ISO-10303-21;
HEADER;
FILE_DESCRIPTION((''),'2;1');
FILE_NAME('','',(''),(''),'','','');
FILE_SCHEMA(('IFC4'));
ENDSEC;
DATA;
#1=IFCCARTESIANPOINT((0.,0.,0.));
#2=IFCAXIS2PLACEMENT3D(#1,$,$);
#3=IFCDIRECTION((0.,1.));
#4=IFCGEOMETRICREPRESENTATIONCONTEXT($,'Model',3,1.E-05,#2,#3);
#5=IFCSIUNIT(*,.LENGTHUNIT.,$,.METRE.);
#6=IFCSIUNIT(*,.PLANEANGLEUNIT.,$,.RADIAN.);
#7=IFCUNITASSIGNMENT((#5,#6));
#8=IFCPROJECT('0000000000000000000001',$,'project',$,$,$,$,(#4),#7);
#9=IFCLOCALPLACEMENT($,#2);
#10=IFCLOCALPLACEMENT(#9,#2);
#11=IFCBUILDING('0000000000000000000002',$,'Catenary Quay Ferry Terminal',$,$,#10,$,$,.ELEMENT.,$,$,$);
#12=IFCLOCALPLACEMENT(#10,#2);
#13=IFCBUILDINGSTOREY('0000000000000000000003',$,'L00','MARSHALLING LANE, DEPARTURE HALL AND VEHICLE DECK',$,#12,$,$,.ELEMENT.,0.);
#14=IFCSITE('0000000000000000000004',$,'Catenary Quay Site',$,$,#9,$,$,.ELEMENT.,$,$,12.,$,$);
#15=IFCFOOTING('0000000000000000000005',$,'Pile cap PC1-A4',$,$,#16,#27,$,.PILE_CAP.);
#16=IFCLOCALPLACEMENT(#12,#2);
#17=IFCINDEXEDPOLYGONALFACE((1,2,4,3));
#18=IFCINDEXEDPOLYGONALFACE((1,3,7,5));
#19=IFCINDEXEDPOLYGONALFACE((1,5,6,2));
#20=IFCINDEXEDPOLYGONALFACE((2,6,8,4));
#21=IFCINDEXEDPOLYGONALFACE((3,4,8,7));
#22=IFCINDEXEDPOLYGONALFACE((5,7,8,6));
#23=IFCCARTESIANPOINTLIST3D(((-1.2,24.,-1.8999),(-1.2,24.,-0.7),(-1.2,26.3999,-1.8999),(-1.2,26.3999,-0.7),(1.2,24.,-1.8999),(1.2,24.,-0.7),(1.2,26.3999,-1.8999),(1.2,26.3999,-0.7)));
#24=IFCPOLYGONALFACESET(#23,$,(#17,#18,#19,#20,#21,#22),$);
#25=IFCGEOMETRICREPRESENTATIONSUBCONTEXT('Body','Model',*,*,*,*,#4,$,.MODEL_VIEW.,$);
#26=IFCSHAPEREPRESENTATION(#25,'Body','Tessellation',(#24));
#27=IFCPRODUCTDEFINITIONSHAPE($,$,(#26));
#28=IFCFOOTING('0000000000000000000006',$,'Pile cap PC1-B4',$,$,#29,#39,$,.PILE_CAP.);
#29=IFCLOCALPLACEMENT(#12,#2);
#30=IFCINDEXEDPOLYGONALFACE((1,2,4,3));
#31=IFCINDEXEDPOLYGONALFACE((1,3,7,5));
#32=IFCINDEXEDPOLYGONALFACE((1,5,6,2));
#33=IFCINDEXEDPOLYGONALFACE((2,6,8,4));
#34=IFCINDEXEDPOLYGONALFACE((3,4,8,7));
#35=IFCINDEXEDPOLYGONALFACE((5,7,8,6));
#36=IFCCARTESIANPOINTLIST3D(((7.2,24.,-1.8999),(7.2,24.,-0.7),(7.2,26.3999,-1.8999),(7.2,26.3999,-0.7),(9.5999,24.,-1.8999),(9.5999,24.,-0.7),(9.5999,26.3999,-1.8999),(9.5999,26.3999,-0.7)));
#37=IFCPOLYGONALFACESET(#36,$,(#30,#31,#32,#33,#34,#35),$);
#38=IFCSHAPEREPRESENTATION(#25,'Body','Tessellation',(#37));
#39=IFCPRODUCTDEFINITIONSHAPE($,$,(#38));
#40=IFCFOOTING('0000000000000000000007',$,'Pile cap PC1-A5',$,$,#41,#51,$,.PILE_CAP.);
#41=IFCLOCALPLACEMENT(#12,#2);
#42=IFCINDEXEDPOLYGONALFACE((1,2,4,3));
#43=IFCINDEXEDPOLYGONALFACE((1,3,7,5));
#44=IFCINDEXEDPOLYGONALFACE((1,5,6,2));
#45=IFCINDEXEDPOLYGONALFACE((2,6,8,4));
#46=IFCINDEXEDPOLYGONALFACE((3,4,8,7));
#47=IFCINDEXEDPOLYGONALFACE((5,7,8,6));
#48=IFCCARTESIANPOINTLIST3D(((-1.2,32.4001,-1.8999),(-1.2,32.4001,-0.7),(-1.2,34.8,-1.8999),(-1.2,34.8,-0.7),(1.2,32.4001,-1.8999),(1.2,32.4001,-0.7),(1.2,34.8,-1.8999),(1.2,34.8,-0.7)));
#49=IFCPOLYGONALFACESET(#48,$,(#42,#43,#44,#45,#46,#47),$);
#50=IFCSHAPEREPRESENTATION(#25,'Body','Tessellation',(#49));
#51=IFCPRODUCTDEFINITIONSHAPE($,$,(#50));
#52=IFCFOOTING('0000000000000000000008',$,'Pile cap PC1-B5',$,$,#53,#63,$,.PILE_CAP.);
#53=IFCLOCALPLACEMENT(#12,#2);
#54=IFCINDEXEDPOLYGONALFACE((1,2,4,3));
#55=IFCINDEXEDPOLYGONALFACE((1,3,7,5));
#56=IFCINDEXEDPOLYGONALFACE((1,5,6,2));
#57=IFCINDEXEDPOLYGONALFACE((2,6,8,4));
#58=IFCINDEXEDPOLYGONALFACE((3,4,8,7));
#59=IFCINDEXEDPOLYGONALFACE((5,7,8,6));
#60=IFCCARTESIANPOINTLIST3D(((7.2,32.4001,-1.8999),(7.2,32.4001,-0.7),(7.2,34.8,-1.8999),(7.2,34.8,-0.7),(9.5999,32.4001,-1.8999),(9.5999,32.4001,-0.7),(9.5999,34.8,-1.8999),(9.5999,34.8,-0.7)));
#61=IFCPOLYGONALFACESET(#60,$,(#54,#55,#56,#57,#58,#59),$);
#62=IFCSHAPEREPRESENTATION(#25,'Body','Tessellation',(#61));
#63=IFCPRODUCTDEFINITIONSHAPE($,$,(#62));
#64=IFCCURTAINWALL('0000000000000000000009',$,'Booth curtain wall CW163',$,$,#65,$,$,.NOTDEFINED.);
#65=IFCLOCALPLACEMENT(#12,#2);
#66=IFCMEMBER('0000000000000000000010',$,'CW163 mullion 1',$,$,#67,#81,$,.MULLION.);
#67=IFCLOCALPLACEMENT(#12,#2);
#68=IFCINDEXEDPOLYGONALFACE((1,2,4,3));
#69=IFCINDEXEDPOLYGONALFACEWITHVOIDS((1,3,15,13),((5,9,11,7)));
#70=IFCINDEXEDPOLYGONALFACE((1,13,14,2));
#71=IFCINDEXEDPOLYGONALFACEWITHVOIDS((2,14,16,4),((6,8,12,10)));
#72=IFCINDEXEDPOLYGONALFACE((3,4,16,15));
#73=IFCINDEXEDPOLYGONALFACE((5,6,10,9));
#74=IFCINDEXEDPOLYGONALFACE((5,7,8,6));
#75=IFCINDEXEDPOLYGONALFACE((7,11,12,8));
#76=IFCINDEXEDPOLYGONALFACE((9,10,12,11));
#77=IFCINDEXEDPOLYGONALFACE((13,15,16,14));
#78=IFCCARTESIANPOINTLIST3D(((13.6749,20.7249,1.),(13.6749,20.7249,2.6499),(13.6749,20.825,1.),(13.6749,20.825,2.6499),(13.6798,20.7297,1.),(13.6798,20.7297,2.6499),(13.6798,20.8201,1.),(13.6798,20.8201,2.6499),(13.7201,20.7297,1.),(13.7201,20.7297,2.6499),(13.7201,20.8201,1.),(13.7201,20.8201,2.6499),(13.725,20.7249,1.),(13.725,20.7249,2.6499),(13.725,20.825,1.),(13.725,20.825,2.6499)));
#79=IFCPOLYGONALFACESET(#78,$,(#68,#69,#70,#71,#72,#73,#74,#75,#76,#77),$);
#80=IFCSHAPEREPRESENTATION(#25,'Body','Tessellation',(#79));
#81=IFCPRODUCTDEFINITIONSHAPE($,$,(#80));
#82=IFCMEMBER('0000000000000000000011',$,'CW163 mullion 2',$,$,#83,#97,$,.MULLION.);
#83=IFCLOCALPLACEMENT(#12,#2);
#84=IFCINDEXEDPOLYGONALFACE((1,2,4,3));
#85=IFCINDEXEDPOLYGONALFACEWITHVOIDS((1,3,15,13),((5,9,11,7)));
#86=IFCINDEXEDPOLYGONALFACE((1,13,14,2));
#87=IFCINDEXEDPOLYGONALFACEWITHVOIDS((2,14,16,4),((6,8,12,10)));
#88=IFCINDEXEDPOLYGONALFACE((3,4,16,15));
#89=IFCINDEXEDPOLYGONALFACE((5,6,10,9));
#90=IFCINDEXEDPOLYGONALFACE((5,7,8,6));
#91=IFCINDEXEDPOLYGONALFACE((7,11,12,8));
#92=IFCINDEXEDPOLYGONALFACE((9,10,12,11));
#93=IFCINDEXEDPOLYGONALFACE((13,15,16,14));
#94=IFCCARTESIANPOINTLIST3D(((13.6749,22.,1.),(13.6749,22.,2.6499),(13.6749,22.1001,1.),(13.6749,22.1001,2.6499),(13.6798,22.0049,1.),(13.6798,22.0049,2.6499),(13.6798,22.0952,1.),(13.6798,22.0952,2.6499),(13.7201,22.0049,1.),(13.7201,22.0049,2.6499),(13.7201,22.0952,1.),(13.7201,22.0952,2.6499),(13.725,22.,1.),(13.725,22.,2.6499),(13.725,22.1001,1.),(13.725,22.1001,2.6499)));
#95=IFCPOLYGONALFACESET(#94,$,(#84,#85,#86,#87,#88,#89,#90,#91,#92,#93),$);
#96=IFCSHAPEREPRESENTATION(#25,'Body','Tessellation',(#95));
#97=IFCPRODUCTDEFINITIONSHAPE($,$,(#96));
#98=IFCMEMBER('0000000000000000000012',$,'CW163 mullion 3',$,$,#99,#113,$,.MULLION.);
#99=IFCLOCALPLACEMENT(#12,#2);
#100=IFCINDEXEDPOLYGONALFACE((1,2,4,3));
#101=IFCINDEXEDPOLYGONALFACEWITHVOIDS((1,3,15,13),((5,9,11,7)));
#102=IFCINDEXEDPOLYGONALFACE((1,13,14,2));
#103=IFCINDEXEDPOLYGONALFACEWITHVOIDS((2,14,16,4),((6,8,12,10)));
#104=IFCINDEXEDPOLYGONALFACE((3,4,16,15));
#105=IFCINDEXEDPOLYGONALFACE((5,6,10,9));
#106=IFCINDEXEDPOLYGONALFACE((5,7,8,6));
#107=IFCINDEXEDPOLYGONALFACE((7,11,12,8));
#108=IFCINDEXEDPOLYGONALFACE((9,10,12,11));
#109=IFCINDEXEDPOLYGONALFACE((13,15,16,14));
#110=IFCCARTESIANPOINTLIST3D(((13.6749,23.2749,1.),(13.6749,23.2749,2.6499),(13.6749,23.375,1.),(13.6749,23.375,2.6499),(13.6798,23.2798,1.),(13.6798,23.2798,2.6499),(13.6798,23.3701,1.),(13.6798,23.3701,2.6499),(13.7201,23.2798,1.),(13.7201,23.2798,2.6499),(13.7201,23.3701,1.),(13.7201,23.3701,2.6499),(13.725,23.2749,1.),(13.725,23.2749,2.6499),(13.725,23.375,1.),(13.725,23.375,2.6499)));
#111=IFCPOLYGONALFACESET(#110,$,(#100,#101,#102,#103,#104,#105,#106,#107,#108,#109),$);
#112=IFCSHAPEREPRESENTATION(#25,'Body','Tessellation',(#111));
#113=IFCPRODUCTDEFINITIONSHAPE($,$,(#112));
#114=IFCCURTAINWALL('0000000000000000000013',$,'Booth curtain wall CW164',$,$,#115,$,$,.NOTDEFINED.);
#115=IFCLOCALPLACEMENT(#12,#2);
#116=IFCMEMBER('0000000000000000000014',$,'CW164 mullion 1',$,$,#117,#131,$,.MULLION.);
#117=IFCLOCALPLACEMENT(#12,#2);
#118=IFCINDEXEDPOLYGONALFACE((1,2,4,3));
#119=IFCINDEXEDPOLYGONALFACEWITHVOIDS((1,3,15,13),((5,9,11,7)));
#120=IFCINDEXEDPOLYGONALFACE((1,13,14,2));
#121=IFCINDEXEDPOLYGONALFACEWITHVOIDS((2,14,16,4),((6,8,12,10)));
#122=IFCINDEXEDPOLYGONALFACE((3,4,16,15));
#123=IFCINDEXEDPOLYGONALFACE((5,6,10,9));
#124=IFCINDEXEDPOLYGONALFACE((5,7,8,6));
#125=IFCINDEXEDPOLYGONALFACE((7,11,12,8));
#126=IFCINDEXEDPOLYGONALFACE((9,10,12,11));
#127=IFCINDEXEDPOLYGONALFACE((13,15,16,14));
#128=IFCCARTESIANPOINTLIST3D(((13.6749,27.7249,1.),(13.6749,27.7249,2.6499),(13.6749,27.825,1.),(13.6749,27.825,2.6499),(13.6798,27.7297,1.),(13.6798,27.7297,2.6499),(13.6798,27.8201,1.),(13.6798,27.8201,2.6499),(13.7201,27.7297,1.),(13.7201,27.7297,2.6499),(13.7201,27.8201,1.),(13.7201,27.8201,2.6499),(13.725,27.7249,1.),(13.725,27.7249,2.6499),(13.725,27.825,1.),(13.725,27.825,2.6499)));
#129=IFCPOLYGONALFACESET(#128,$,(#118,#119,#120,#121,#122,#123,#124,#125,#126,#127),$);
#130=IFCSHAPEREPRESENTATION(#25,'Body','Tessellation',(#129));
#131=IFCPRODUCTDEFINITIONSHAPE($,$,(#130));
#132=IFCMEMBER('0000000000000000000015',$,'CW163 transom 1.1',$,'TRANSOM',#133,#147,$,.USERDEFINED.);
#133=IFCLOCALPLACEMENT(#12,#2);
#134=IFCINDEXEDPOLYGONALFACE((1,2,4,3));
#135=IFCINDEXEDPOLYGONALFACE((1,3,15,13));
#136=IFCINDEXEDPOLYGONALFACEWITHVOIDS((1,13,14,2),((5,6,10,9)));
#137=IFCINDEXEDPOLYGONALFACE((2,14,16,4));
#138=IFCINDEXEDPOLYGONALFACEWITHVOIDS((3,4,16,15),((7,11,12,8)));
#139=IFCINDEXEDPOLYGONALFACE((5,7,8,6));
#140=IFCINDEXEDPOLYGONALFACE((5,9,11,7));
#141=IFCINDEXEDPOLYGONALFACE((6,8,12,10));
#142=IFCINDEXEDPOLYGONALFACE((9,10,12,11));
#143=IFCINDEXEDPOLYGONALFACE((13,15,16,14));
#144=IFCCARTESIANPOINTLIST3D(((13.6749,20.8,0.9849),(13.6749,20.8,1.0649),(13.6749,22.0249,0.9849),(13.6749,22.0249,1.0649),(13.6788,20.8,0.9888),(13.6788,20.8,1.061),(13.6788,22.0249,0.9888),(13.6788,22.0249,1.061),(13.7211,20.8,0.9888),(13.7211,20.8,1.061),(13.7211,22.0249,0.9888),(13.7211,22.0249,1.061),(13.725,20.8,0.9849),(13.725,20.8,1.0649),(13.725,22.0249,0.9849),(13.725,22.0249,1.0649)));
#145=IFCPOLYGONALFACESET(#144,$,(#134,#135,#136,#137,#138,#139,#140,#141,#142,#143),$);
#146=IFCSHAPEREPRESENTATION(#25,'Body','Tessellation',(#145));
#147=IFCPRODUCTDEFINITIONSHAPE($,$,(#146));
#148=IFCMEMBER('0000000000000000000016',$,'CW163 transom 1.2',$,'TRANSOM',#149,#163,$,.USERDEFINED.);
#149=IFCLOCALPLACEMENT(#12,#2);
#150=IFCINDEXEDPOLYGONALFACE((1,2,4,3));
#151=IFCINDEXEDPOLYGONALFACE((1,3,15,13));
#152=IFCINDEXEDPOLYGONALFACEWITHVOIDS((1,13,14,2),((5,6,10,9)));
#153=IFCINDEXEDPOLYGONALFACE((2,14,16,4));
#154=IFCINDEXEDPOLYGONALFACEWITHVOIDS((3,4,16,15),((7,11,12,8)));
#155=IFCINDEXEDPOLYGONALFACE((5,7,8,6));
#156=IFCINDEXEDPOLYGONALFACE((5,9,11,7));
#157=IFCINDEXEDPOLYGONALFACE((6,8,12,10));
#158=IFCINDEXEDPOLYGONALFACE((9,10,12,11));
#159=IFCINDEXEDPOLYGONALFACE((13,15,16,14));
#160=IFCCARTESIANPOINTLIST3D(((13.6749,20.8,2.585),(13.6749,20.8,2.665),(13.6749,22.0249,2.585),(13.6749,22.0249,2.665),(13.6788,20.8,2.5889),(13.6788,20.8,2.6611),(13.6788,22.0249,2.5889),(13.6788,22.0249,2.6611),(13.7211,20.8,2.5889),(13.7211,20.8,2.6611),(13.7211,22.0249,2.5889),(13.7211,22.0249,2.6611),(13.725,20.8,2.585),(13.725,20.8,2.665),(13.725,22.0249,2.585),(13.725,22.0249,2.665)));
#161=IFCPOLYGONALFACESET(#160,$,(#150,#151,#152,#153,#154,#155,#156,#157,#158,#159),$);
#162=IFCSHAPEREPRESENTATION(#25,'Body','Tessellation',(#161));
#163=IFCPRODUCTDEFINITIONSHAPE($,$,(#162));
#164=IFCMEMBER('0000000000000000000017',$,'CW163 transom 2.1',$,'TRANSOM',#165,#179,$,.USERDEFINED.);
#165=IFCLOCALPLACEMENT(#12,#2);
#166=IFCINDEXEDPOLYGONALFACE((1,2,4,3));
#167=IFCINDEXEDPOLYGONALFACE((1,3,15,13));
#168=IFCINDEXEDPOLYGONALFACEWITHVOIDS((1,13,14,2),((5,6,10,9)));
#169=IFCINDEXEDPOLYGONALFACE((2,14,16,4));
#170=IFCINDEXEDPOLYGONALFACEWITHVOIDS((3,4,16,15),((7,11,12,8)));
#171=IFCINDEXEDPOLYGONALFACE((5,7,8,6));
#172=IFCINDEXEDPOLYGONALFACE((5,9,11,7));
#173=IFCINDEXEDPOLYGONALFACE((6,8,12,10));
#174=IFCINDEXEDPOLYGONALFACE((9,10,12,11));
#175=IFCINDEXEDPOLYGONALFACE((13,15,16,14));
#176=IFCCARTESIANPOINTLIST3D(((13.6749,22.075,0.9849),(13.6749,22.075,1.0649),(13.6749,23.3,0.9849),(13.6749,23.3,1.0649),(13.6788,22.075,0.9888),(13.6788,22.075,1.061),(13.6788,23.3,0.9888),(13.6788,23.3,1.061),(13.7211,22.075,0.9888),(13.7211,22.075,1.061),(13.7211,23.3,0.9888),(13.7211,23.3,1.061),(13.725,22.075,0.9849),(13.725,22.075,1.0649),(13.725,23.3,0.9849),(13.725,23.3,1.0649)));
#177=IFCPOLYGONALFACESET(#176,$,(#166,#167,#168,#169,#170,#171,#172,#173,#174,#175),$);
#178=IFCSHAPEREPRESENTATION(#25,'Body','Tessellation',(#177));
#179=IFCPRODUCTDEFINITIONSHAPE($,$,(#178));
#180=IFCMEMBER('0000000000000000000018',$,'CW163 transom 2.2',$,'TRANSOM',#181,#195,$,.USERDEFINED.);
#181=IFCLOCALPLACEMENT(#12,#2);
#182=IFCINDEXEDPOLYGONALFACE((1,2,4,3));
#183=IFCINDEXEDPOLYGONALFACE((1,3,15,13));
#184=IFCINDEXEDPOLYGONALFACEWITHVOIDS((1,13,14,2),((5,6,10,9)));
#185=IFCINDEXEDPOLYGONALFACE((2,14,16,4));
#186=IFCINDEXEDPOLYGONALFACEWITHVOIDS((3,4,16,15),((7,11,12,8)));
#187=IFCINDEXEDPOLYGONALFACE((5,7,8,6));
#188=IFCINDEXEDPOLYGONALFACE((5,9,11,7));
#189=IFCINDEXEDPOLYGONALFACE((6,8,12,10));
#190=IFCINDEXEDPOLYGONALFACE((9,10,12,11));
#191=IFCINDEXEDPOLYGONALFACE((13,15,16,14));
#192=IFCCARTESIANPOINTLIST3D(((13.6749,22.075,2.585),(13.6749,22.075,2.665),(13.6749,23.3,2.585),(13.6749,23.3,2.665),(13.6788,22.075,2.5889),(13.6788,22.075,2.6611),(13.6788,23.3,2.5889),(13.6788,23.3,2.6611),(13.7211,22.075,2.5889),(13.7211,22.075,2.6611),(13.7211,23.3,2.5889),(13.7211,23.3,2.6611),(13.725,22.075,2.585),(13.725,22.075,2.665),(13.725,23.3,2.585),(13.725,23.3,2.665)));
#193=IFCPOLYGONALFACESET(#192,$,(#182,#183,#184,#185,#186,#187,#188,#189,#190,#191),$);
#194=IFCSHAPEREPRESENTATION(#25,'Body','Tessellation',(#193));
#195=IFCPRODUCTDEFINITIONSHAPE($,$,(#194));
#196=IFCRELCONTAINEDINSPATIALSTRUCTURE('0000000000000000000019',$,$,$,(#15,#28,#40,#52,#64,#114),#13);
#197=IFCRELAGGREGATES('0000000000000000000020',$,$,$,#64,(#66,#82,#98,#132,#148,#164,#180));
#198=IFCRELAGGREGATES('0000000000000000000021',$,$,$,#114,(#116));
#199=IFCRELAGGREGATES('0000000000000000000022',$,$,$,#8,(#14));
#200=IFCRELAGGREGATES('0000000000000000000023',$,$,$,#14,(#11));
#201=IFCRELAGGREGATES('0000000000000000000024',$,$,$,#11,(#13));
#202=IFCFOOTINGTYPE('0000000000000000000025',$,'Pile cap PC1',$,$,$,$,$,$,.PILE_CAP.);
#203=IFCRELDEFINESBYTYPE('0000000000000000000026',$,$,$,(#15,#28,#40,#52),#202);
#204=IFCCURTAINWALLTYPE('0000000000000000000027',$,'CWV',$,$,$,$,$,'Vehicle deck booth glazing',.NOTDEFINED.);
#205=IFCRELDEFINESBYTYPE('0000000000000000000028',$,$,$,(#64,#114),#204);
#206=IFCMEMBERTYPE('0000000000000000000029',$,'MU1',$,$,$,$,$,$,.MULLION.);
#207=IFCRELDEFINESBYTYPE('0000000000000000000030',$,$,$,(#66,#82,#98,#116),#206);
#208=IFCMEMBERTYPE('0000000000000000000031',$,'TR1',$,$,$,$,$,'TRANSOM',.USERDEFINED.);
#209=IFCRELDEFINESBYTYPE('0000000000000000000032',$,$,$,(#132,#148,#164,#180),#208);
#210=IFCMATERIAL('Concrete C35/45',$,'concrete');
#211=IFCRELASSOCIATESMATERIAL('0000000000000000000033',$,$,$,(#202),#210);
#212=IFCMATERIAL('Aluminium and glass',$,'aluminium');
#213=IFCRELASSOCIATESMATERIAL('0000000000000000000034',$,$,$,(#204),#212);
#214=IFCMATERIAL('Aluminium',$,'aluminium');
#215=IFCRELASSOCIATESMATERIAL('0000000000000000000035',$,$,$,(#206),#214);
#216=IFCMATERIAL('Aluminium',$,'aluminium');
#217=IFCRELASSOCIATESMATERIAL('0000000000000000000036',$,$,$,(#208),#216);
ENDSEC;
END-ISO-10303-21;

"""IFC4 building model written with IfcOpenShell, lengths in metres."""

from ifc_helpers import new_model, si_unit, direction, frame, origin, origin_2d, place, context, subcontext, project, spatial, rectangle, hollow_rectangle, extrude, material, material_profile, profile_set, type_object, element, aggregate, save


model = new_model("IFC4")

# Units and contexts
model_context = context("Model", 3, precision=1e-05, world=origin(), true_north=direction((0.0, 1.0)))
body_context = subcontext(model_context, "Body", "Model", "MODEL_VIEW")
ifc_project = project(units=[si_unit("LENGTHUNIT", "METRE"), si_unit("PLANEANGLEUNIT", "RADIAN")], contexts=[model_context])

# Site, building, storey
site_placement = place(None, origin())
site = spatial("IfcSite", under=ifc_project, at=site_placement, Name="Catenary Quay Site", CompositionType="ELEMENT", RefElevation=12.0)
building_placement = place(site_placement, origin())
building = spatial("IfcBuilding", under=site, at=building_placement, Name="Catenary Quay Ferry Terminal", CompositionType="ELEMENT")
storey_placement = place(building_placement, origin())
storey = spatial("IfcBuildingStorey", under=building, at=storey_placement, Name="L00", Description="MARSHALLING LANE, DEPARTURE HALL AND VEHICLE DECK", CompositionType="ELEMENT", Elevation=0.0)

# Footings
ifc_material_1 = material(Name="Concrete C35/45", Category="concrete")
footing_type = type_object("IfcFootingType", Name="Pile cap PC1", PredefinedType="PILE_CAP", material=ifc_material_1)
for number, where, z_axis, x_axis, name in (
    (1, (0.0, 25.2, -1.8999), (0.0, 0.0, 1.0), (1.0, 0.0, 0.0), "Pile cap PC1-A4"),
    (2, (8.3999, 25.2, -1.8999), (0.0, 0.0, 1.0), (1.0, 0.0, 0.0), "Pile cap PC1-B4"),
    (3, (0.0, 33.6001, -1.8999), (0.0, 0.0, 1.0), (1.0, 0.0, 0.0), "Pile cap PC1-A5"),
    (4, (8.3999, 33.6001, -1.8999), (0.0, 0.0, 1.0), (1.0, 0.0, 0.0), "Pile cap PC1-B5"),
):
    element("IfcFooting", number, at=place(storey_placement, frame(where, z_axis=z_axis, x_axis=x_axis)), inside=storey, type_object=footing_type, Name=name, PredefinedType="PILE_CAP", context=body_context, shape_type="SweptSolid", body=[
        extrude(rectangle(XDim=2.3999, YDim=2.3999, at=origin_2d()), origin(), (0.0, 0.0, 1.0), 1.2),
    ])

# Curtain wall, members
ifc_material_2 = material(Name="Aluminium and glass", Category="aluminium")
curtain_wall_type = type_object("IfcCurtainWallType", Name="CWV", ElementType="Vehicle deck booth glazing", PredefinedType="NOTDEFINED", material=ifc_material_2)
curtain_wall_1_placement = place(storey_placement, origin())
curtain_wall_1 = element("IfcCurtainWall", 5, at=curtain_wall_1_placement, inside=storey, type_object=curtain_wall_type, Name="Booth curtain wall CW163", PredefinedType="NOTDEFINED")
ifc_material_3 = material(Name="Aluminium", Category="aluminium")
ifc_material_profile_1 = material_profile(ifc_material_3, hollow_rectangle(XDim=0.05, YDim=0.1001, WallThickness=0.0049, at=origin_2d()), Name="MU1")
ifc_profile_set_1 = profile_set([ifc_material_profile_1], Name="Aluminium")
member_type_1 = type_object("IfcMemberType", Name="MU1", PredefinedType="MULLION", material=ifc_profile_set_1)
member_1_placement = place(storey_placement, frame((13.7, 20.7749, 1.0), z_axis=(0.0, 0.0, 1.0), x_axis=(-1.0, 0.0, 0.0)))
member_1 = element("IfcMember", 6, at=member_1_placement, type_object=member_type_1, Name="CW163 mullion 1", PredefinedType="MULLION", context=body_context, shape_type="SweptSolid", body=[
    extrude(hollow_rectangle(XDim=0.05, YDim=0.1001, WallThickness=0.0049, at=origin_2d()), origin(), (0.0, 0.0, 1.0), 1.6499),
])
member_2_placement = place(storey_placement, frame((13.7, 22.05, 1.0), z_axis=(0.0, 0.0, 1.0), x_axis=(-1.0, 0.0, 0.0)))
member_2 = element("IfcMember", 7, at=member_2_placement, type_object=member_type_1, Name="CW163 mullion 2", PredefinedType="MULLION", context=body_context, shape_type="SweptSolid", body=[
    extrude(hollow_rectangle(XDim=0.05, YDim=0.1001, WallThickness=0.0049, at=origin_2d()), origin(), (0.0, 0.0, 1.0), 1.6499),
])
member_3_placement = place(storey_placement, frame((13.7, 23.325, 1.0), z_axis=(0.0, 0.0, 1.0), x_axis=(-1.0, 0.0, 0.0)))
member_3 = element("IfcMember", 8, at=member_3_placement, type_object=member_type_1, Name="CW163 mullion 3", PredefinedType="MULLION", context=body_context, shape_type="SweptSolid", body=[
    extrude(hollow_rectangle(XDim=0.05, YDim=0.1001, WallThickness=0.0049, at=origin_2d()), origin(), (0.0, 0.0, 1.0), 1.6499),
])

# Curtain wall, member
curtain_wall_2_placement = place(storey_placement, origin())
curtain_wall_2 = element("IfcCurtainWall", 9, at=curtain_wall_2_placement, inside=storey, type_object=curtain_wall_type, Name="Booth curtain wall CW164", PredefinedType="NOTDEFINED")
member_4_placement = place(storey_placement, frame((13.7, 27.7749, 1.0), z_axis=(0.0, 0.0, 1.0), x_axis=(-1.0, 0.0, 0.0)))
member_4 = element("IfcMember", 10, at=member_4_placement, type_object=member_type_1, Name="CW164 mullion 1", PredefinedType="MULLION", context=body_context, shape_type="SweptSolid", body=[
    extrude(hollow_rectangle(XDim=0.05, YDim=0.1001, WallThickness=0.0049, at=origin_2d()), origin(), (0.0, 0.0, 1.0), 1.6499),
])

# Members
ifc_material_4 = material(Name="Aluminium", Category="aluminium")
ifc_material_profile_2 = material_profile(ifc_material_4, hollow_rectangle(XDim=0.05, YDim=0.0801, WallThickness=0.0039, at=origin_2d()), Name="TR1")
ifc_profile_set_2 = profile_set([ifc_material_profile_2], Name="Aluminium")
member_type_2 = type_object("IfcMemberType", Name="TR1", ElementType="TRANSOM", PredefinedType="USERDEFINED", material=ifc_profile_set_2)
member_5_placement = place(storey_placement, frame((13.7, 20.8, 1.0249), z_axis=(0.0, 1.0, 0.0), x_axis=(-1.0, 0.0, 0.0)))
member_5 = element("IfcMember", 11, at=member_5_placement, type_object=member_type_2, Name="CW163 transom 1.1", ObjectType="TRANSOM", PredefinedType="USERDEFINED", context=body_context, shape_type="SweptSolid", body=[
    extrude(hollow_rectangle(XDim=0.05, YDim=0.0801, WallThickness=0.0039, at=origin_2d()), origin(), (0.0, 0.0, 1.0), 1.2249),
])
member_6_placement = place(storey_placement, frame((13.7, 20.8, 2.625), z_axis=(0.0, 1.0, 0.0), x_axis=(-1.0, 0.0, 0.0)))
member_6 = element("IfcMember", 12, at=member_6_placement, type_object=member_type_2, Name="CW163 transom 1.2", ObjectType="TRANSOM", PredefinedType="USERDEFINED", context=body_context, shape_type="SweptSolid", body=[
    extrude(hollow_rectangle(XDim=0.05, YDim=0.0801, WallThickness=0.0039, at=origin_2d()), origin(), (0.0, 0.0, 1.0), 1.2249),
])
member_7_placement = place(storey_placement, frame((13.7, 22.075, 1.0249), z_axis=(0.0, 1.0, 0.0), x_axis=(-1.0, 0.0, 0.0)))
member_7 = element("IfcMember", 13, at=member_7_placement, type_object=member_type_2, Name="CW163 transom 2.1", ObjectType="TRANSOM", PredefinedType="USERDEFINED", context=body_context, shape_type="SweptSolid", body=[
    extrude(hollow_rectangle(XDim=0.05, YDim=0.0801, WallThickness=0.0039, at=origin_2d()), origin(), (0.0, 0.0, 1.0), 1.2251),
])
member_8_placement = place(storey_placement, frame((13.7, 22.075, 2.625), z_axis=(0.0, 1.0, 0.0), x_axis=(-1.0, 0.0, 0.0)))
member_8 = element("IfcMember", 14, at=member_8_placement, type_object=member_type_2, Name="CW163 transom 2.2", ObjectType="TRANSOM", PredefinedType="USERDEFINED", context=body_context, shape_type="SweptSolid", body=[
    extrude(hollow_rectangle(XDim=0.05, YDim=0.0801, WallThickness=0.0039, at=origin_2d()), origin(), (0.0, 0.0, 1.0), 1.2251),
])

aggregate(curtain_wall_1, [member_1, member_2, member_3, member_5, member_6, member_7, member_8])
aggregate(curtain_wall_2, [member_4])

save(model, "model.ifc")
